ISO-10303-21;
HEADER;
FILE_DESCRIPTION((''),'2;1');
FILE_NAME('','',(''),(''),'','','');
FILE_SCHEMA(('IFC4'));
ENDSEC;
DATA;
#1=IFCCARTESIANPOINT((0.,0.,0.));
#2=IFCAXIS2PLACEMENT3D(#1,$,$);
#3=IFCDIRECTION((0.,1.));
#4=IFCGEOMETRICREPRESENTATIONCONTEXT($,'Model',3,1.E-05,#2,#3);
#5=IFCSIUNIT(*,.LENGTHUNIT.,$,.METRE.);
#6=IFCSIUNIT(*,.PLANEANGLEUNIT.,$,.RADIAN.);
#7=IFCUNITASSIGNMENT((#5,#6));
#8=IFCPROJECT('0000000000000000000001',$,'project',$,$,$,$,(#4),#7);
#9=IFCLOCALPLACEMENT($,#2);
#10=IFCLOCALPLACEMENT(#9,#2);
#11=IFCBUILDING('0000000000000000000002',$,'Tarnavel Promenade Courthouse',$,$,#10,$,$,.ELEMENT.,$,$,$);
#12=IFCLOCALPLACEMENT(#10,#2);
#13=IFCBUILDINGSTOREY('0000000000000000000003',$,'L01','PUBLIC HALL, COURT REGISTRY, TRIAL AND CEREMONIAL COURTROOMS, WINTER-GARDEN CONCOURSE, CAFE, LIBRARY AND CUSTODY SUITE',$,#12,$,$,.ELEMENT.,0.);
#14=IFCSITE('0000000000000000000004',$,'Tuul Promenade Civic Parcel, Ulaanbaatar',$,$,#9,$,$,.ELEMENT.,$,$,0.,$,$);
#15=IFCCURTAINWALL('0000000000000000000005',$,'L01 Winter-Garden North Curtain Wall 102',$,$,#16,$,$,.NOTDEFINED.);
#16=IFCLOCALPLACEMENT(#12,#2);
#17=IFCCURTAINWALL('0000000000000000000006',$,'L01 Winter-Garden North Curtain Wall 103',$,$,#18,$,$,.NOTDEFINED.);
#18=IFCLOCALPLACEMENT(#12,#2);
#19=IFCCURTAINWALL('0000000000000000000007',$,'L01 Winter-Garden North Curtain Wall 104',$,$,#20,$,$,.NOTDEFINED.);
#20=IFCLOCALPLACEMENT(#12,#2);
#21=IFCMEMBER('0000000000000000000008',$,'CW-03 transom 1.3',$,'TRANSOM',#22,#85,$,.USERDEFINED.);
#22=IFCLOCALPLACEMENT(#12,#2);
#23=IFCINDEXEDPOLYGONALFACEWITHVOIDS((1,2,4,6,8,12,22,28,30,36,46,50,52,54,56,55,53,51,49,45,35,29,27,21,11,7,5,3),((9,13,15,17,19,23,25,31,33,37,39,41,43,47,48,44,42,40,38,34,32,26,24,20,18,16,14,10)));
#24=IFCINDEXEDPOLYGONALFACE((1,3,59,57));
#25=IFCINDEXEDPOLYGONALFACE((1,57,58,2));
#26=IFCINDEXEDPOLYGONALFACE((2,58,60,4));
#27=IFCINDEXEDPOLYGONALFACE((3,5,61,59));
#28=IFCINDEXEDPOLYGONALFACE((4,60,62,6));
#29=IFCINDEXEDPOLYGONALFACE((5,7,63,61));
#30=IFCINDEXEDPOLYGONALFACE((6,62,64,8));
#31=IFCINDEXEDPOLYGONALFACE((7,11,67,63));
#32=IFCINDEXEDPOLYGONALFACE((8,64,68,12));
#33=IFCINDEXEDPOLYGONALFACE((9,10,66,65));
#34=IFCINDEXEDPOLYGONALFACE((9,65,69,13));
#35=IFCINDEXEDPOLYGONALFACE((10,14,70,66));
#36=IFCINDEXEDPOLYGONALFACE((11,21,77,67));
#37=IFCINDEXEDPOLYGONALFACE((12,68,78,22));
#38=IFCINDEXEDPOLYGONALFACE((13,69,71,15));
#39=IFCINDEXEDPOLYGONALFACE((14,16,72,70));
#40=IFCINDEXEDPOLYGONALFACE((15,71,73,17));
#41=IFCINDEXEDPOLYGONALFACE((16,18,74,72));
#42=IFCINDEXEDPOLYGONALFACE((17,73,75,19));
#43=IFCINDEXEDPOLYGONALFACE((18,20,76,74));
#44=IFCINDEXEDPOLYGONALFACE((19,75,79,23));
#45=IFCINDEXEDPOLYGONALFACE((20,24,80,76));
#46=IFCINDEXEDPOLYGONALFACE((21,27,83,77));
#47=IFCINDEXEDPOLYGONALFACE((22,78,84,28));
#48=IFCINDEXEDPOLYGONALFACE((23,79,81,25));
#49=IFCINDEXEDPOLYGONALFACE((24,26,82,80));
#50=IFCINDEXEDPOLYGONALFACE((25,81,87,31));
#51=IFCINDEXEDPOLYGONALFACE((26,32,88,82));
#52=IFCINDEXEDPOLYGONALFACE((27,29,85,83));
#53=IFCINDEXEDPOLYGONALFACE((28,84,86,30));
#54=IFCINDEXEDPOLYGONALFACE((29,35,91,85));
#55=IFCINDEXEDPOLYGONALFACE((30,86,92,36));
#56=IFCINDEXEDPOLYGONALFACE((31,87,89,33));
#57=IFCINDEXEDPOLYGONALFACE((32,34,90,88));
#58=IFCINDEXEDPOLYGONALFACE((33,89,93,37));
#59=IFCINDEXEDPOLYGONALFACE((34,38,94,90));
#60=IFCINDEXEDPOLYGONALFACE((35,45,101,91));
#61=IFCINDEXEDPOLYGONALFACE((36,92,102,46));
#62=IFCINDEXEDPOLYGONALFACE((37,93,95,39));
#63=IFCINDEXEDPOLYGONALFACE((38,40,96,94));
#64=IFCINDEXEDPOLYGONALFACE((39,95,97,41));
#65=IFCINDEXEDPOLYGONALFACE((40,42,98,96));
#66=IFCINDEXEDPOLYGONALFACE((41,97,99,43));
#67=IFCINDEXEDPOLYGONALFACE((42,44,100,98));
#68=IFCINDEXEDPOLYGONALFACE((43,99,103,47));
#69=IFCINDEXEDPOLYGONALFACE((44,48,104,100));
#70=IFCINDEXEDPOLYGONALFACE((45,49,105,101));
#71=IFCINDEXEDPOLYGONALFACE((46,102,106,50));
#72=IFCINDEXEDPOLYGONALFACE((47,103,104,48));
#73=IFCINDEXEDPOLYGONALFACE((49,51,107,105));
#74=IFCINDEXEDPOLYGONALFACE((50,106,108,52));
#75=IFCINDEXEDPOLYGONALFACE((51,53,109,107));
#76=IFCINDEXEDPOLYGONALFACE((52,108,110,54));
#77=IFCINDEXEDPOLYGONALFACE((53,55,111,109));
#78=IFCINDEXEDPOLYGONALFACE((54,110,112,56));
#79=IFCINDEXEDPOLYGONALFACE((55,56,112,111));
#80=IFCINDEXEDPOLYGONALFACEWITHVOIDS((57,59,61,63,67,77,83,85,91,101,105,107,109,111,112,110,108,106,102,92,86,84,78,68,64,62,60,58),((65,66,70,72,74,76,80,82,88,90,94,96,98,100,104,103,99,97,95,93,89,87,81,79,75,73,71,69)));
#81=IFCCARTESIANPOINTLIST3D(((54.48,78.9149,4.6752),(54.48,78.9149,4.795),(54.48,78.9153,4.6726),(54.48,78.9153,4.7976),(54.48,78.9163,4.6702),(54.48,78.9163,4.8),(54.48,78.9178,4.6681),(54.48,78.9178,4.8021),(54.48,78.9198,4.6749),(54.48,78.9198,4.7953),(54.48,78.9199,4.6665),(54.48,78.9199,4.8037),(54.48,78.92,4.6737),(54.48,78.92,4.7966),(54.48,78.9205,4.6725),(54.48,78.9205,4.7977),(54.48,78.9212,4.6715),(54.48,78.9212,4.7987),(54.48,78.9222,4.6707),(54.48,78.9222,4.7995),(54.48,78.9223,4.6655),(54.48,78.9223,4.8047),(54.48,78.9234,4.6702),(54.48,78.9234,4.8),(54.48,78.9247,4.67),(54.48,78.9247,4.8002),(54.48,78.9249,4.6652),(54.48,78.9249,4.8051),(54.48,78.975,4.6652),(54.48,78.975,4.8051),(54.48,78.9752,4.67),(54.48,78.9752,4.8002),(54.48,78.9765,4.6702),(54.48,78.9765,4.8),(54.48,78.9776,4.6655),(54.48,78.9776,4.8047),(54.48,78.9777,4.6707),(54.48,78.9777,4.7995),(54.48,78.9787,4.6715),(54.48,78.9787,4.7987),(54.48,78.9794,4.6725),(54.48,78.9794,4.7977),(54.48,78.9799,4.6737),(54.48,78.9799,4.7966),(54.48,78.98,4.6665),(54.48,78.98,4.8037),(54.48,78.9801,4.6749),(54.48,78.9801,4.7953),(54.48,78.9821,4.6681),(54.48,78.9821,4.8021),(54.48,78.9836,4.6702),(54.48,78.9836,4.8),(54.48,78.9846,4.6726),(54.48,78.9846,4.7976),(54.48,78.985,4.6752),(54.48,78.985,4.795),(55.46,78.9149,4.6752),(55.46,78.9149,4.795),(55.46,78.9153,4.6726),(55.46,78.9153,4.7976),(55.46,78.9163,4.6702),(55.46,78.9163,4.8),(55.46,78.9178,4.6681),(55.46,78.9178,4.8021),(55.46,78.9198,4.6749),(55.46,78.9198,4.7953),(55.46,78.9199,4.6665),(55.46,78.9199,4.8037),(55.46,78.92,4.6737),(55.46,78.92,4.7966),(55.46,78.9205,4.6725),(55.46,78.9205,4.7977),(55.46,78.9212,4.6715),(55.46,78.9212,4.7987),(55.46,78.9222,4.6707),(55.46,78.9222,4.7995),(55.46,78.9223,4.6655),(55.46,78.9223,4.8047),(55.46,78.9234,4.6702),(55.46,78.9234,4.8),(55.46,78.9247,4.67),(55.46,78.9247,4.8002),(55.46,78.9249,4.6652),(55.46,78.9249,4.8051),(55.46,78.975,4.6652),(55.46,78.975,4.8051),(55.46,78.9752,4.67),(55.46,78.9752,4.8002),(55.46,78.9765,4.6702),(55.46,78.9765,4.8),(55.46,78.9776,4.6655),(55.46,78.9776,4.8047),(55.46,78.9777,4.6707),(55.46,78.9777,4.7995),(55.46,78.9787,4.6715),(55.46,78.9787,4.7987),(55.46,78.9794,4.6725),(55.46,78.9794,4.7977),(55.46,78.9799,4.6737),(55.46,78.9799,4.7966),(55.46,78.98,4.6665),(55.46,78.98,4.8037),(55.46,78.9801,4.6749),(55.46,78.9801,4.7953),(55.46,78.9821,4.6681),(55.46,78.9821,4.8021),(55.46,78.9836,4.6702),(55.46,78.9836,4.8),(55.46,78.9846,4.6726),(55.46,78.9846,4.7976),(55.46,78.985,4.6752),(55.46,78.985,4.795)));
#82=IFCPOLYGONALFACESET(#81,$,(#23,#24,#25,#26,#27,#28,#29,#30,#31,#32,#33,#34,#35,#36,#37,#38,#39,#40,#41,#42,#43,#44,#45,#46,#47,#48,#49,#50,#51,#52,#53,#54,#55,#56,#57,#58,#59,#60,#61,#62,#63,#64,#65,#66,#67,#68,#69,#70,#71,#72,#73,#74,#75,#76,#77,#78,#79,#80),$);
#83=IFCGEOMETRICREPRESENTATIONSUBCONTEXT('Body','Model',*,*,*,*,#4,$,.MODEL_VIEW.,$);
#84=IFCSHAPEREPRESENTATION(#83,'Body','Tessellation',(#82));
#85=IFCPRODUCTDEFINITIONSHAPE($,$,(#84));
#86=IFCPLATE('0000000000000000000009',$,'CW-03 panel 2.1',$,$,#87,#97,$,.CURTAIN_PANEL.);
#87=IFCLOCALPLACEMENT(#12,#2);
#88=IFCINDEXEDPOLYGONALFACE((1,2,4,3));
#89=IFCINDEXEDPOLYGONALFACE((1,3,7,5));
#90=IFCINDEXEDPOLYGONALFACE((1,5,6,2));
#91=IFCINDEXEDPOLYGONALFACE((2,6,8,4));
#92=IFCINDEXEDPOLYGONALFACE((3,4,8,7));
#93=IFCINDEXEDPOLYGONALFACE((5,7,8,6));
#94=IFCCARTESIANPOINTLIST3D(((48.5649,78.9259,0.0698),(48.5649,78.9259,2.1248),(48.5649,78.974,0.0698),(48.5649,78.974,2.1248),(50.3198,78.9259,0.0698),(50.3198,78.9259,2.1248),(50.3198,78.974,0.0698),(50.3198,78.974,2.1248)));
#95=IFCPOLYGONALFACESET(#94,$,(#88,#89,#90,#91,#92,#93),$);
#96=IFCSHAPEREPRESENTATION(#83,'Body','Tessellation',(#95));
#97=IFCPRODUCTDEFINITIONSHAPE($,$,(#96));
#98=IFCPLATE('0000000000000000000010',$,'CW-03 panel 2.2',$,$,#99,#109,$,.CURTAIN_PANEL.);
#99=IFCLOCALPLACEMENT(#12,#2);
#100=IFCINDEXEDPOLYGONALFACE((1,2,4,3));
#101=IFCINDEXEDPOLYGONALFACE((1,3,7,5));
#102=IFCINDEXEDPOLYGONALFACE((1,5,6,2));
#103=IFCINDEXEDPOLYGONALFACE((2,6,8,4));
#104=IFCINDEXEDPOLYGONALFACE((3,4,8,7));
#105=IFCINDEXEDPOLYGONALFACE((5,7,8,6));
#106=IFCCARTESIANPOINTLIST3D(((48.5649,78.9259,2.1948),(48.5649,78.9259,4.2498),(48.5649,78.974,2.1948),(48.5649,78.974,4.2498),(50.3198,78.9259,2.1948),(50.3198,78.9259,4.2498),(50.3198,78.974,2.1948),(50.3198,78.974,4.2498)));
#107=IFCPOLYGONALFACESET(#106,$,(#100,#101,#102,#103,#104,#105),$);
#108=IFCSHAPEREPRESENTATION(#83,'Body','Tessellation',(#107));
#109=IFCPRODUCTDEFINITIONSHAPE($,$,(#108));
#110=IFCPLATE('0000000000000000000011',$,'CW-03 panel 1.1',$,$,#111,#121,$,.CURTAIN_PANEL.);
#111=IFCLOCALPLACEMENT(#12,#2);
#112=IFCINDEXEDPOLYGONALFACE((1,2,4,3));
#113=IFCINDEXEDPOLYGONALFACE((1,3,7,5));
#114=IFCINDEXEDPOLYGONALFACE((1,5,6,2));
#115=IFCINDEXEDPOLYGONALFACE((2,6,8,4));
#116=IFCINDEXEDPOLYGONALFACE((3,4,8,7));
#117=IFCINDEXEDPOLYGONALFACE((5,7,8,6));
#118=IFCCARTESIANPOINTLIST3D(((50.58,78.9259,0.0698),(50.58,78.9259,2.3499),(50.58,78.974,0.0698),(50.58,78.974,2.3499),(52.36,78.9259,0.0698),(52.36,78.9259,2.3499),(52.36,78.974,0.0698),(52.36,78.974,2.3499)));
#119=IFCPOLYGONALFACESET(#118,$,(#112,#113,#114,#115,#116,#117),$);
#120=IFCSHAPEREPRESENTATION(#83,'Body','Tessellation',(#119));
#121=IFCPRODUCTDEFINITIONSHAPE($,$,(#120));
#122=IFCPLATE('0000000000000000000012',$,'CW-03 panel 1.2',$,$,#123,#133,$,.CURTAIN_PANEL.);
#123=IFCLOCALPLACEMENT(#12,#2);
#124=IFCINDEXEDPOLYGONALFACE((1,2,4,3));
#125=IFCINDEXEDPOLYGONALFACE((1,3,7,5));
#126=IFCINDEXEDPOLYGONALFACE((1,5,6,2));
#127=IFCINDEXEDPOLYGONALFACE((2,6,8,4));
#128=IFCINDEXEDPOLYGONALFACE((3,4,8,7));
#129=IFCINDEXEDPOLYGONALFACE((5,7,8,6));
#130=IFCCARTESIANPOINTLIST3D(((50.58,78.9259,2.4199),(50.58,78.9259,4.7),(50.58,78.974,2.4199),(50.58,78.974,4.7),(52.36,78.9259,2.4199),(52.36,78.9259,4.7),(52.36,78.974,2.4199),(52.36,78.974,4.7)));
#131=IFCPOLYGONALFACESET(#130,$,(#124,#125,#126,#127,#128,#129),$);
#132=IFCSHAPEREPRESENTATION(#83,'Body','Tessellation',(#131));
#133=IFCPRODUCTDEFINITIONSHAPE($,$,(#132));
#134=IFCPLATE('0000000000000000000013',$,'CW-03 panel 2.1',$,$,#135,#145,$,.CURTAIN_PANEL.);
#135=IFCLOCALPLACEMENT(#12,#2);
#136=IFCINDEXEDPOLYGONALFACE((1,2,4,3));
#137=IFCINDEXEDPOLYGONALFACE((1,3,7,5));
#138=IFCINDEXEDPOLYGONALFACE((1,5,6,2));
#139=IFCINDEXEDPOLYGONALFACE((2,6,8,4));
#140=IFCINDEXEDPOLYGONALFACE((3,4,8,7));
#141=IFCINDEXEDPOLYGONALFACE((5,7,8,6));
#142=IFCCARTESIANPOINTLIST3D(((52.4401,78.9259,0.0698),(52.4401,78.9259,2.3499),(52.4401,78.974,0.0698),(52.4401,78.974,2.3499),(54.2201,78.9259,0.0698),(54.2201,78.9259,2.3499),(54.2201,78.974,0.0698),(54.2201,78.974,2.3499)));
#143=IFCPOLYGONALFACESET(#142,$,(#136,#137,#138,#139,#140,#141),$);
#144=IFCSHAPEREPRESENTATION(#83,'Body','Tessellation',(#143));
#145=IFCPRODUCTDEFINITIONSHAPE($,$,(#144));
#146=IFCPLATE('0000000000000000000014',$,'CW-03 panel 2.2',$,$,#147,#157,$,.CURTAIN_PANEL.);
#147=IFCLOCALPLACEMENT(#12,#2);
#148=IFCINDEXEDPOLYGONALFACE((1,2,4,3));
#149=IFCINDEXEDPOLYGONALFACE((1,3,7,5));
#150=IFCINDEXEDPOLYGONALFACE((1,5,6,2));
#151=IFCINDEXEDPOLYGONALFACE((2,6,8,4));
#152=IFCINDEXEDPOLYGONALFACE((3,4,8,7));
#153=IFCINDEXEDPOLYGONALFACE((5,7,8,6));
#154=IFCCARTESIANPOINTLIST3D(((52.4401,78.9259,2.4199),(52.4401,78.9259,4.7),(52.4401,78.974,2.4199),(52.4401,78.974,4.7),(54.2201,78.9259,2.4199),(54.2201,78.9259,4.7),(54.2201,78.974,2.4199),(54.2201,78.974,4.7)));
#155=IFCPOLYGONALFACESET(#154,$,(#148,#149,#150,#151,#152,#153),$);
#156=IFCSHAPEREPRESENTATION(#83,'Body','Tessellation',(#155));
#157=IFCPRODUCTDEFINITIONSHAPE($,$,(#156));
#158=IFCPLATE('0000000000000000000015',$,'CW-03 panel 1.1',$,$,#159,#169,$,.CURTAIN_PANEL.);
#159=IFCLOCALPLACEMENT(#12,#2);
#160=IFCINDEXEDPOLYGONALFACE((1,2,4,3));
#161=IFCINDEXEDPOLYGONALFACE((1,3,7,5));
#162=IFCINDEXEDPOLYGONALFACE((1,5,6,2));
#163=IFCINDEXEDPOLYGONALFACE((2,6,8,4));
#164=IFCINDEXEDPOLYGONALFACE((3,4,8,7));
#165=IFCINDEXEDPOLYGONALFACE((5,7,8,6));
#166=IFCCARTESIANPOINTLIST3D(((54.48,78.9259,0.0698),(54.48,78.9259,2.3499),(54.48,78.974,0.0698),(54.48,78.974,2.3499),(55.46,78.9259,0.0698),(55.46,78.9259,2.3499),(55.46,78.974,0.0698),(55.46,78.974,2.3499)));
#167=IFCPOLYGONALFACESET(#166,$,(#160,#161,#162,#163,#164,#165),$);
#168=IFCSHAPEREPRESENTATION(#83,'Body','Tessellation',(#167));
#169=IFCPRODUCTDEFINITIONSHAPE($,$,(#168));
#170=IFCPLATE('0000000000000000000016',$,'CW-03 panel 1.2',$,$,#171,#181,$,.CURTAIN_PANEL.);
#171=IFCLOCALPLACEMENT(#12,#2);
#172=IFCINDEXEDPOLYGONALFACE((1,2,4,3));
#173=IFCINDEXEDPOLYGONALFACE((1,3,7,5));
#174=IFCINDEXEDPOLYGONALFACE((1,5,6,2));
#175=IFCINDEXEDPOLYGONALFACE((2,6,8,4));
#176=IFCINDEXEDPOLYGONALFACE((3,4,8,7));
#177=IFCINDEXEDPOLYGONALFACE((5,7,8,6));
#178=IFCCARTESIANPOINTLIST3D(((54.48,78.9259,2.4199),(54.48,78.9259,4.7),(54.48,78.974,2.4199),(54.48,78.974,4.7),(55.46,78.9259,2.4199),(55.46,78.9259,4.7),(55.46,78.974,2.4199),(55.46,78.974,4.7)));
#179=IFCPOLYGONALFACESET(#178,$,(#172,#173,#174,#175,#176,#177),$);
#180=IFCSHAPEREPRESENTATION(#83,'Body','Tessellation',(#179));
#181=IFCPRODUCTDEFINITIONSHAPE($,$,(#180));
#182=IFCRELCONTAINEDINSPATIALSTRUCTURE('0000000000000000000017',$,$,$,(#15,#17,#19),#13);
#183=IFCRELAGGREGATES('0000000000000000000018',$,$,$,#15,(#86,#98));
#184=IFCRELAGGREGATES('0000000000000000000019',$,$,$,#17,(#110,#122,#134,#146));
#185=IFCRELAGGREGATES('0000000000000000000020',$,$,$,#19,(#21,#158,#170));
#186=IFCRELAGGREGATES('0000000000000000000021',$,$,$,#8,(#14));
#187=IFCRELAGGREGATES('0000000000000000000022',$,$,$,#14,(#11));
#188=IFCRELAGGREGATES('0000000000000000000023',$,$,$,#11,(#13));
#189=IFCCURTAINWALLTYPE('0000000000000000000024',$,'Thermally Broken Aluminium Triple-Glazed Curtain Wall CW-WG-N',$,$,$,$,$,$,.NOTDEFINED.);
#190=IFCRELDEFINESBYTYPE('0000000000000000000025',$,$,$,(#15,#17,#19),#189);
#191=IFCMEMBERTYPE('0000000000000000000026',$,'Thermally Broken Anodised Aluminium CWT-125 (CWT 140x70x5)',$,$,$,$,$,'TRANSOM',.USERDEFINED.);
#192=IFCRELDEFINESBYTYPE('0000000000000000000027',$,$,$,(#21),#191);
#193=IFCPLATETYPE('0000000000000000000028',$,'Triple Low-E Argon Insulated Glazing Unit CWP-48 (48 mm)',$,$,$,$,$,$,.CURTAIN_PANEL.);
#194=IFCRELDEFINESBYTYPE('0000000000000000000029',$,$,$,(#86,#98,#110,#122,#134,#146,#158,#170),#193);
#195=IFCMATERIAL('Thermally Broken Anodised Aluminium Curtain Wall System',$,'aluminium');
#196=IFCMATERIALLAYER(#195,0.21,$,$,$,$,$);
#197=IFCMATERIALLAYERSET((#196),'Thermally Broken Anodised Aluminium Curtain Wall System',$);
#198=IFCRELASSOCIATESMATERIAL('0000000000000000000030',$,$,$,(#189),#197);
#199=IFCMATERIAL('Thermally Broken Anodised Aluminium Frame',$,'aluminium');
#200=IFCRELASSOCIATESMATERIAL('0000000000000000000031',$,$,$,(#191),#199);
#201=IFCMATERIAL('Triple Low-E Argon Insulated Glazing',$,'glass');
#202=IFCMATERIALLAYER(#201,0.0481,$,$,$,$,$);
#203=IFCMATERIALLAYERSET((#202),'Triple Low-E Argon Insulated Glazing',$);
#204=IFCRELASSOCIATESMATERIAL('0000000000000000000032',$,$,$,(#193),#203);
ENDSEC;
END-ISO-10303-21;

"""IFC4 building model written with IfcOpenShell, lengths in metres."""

from ifc_helpers import new_model, si_unit, direction, frame, origin, origin_2d, place, context, subcontext, project, spatial, rectangle, hollow_rectangle, extrude, material, layer, layer_set, material_profile, profile_set, type_object, element, aggregate, save


model = new_model("IFC4")

# Units and contexts
model_context = context("Model", 3, precision=1e-05, world=origin(), true_north=direction((0.0, 1.0)))
body_context = subcontext(model_context, "Body", "Model", "MODEL_VIEW")
ifc_project = project(units=[si_unit("LENGTHUNIT", "METRE"), si_unit("PLANEANGLEUNIT", "RADIAN")], contexts=[model_context])

# Site, building, storey
site_placement = place(None, origin())
site = spatial("IfcSite", under=ifc_project, at=site_placement, Name="Tuul Promenade Civic Parcel, Ulaanbaatar", CompositionType="ELEMENT", RefElevation=0.0)
building_placement = place(site_placement, origin())
building = spatial("IfcBuilding", under=site, at=building_placement, Name="Tarnavel Promenade Courthouse", CompositionType="ELEMENT")
storey_placement = place(building_placement, origin())
storey = spatial("IfcBuildingStorey", under=building, at=storey_placement, Name="L01", Description="PUBLIC HALL, COURT REGISTRY, TRIAL AND CEREMONIAL COURTROOMS, WINTER-GARDEN CONCOURSE, CAFE, LIBRARY AND CUSTODY SUITE", CompositionType="ELEMENT", Elevation=0.0)

# Curtain wall
ifc_material_1 = material(Name="Thermally Broken Anodised Aluminium Curtain Wall System", Category="aluminium")
ifc_layer_1 = layer(ifc_material_1, 0.21)
ifc_layer_set_1 = layer_set([ifc_layer_1], Name="Thermally Broken Anodised Aluminium Curtain Wall System")
curtain_wall_type = type_object("IfcCurtainWallType", Name="Thermally Broken Aluminium Triple-Glazed Curtain Wall CW-WG-N", PredefinedType="NOTDEFINED", material=ifc_layer_set_1)
curtain_wall_1_placement = place(storey_placement, origin())
curtain_wall_1 = element("IfcCurtainWall", 1, at=curtain_wall_1_placement, inside=storey, type_object=curtain_wall_type, Name="L01 Winter-Garden North Curtain Wall 102", PredefinedType="NOTDEFINED")
ifc_material_2 = material(Name="Thermally Broken Anodised Aluminium Frame", Category="aluminium")

# Curtain walls
curtain_wall_2_placement = place(storey_placement, origin())
curtain_wall_2 = element("IfcCurtainWall", 2, at=curtain_wall_2_placement, inside=storey, type_object=curtain_wall_type, Name="L01 Winter-Garden North Curtain Wall 103", PredefinedType="NOTDEFINED")
curtain_wall_3_placement = place(storey_placement, origin())
curtain_wall_3 = element("IfcCurtainWall", 3, at=curtain_wall_3_placement, inside=storey, type_object=curtain_wall_type, Name="L01 Winter-Garden North Curtain Wall 104", PredefinedType="NOTDEFINED")

# Member
ifc_material_profile_1 = material_profile(ifc_material_2, hollow_rectangle(XDim=0.0701, YDim=0.1399, WallThickness=0.0049, InnerFilletRadius=0.0049, OuterFilletRadius=0.01, at=origin_2d()), Name="CWT 140x70x5")
ifc_profile_set_1 = profile_set([ifc_material_profile_1], Name="Thermally Broken Anodised Aluminium Frame")
member_type_1 = type_object("IfcMemberType", Name="Thermally Broken Anodised Aluminium CWT-125 (CWT 140x70x5)", ElementType="TRANSOM", PredefinedType="USERDEFINED", material=ifc_profile_set_1)
member_1_placement = place(storey_placement, frame((54.48, 78.95, 4.7351), z_axis=(1.0, 0.0, 0.0), x_axis=(0.0, 1.0, 0.0)))
member_1 = element("IfcMember", 4, at=member_1_placement, type_object=member_type_1, Name="CW-03 transom 1.3", ObjectType="TRANSOM", PredefinedType="USERDEFINED", context=body_context, shape_type="SweptSolid", body=[
    extrude(hollow_rectangle(XDim=0.0701, YDim=0.1399, WallThickness=0.0049, InnerFilletRadius=0.0049, OuterFilletRadius=0.01, at=origin_2d()), origin(), (0.0, 0.0, 1.0), 0.98),
])

# Plates
ifc_material_3 = material(Name="Triple Low-E Argon Insulated Glazing", Category="glass")
ifc_layer_2 = layer(ifc_material_3, 0.0481)
ifc_layer_set_2 = layer_set([ifc_layer_2], Name="Triple Low-E Argon Insulated Glazing")
plate_type = type_object("IfcPlateType", Name="Triple Low-E Argon Insulated Glazing Unit CWP-48 (48 mm)", PredefinedType="CURTAIN_PANEL", material=ifc_layer_set_2)
plate_1_placement = place(storey_placement, frame((49.4424, 78.95, 0.0698), z_axis=(0.0, 0.0, 1.0), x_axis=(1.0, 0.0, 0.0)))
plate_1 = element("IfcPlate", 5, at=plate_1_placement, type_object=plate_type, Name="CW-03 panel 2.1", PredefinedType="CURTAIN_PANEL", context=body_context, shape_type="SweptSolid", body=[
    extrude(rectangle(XDim=1.7549, YDim=0.0481, at=origin_2d()), origin(), (0.0, 0.0, 1.0), 2.0549),
])
plate_2_placement = place(storey_placement, frame((49.4424, 78.95, 2.1948), z_axis=(0.0, 0.0, 1.0), x_axis=(1.0, 0.0, 0.0)))
plate_2 = element("IfcPlate", 6, at=plate_2_placement, type_object=plate_type, Name="CW-03 panel 2.2", PredefinedType="CURTAIN_PANEL", context=body_context, shape_type="SweptSolid", body=[
    extrude(rectangle(XDim=1.7549, YDim=0.0481, at=origin_2d()), origin(), (0.0, 0.0, 1.0), 2.0549),
])
aggregate(curtain_wall_1, [plate_1, plate_2])
plate_3_placement = place(storey_placement, frame((51.47, 78.95, 0.0698), z_axis=(0.0, 0.0, 1.0), x_axis=(1.0, 0.0, 0.0)))
plate_3 = element("IfcPlate", 7, at=plate_3_placement, type_object=plate_type, Name="CW-03 panel 1.1", PredefinedType="CURTAIN_PANEL", context=body_context, shape_type="SweptSolid", body=[
    extrude(rectangle(XDim=1.78, YDim=0.0481, at=origin_2d()), origin(), (0.0, 0.0, 1.0), 2.28),
])
plate_4_placement = place(storey_placement, frame((51.47, 78.95, 2.4199), z_axis=(0.0, 0.0, 1.0), x_axis=(1.0, 0.0, 0.0)))
plate_4 = element("IfcPlate", 8, at=plate_4_placement, type_object=plate_type, Name="CW-03 panel 1.2", PredefinedType="CURTAIN_PANEL", context=body_context, shape_type="SweptSolid", body=[
    extrude(rectangle(XDim=1.78, YDim=0.0481, at=origin_2d()), origin(), (0.0, 0.0, 1.0), 2.28),
])
plate_5_placement = place(storey_placement, frame((53.3301, 78.95, 0.0698), z_axis=(0.0, 0.0, 1.0), x_axis=(1.0, 0.0, 0.0)))
plate_5 = element("IfcPlate", 9, at=plate_5_placement, type_object=plate_type, Name="CW-03 panel 2.1", PredefinedType="CURTAIN_PANEL", context=body_context, shape_type="SweptSolid", body=[
    extrude(rectangle(XDim=1.78, YDim=0.0481, at=origin_2d()), origin(), (0.0, 0.0, 1.0), 2.28),
])
plate_6_placement = place(storey_placement, frame((53.3301, 78.95, 2.4199), z_axis=(0.0, 0.0, 1.0), x_axis=(1.0, 0.0, 0.0)))
plate_6 = element("IfcPlate", 10, at=plate_6_placement, type_object=plate_type, Name="CW-03 panel 2.2", PredefinedType="CURTAIN_PANEL", context=body_context, shape_type="SweptSolid", body=[
    extrude(rectangle(XDim=1.78, YDim=0.0481, at=origin_2d()), origin(), (0.0, 0.0, 1.0), 2.28),
])
aggregate(curtain_wall_2, [plate_3, plate_4, plate_5, plate_6])
plate_7_placement = place(storey_placement, frame((54.97, 78.95, 0.0698), z_axis=(0.0, 0.0, 1.0), x_axis=(1.0, 0.0, 0.0)))
plate_7 = element("IfcPlate", 11, at=plate_7_placement, type_object=plate_type, Name="CW-03 panel 1.1", PredefinedType="CURTAIN_PANEL", context=body_context, shape_type="SweptSolid", body=[
    extrude(rectangle(XDim=0.98, YDim=0.0481, at=origin_2d()), origin(), (0.0, 0.0, 1.0), 2.28),
])
plate_8_placement = place(storey_placement, frame((54.97, 78.95, 2.4199), z_axis=(0.0, 0.0, 1.0), x_axis=(1.0, 0.0, 0.0)))
plate_8 = element("IfcPlate", 12, at=plate_8_placement, type_object=plate_type, Name="CW-03 panel 1.2", PredefinedType="CURTAIN_PANEL", context=body_context, shape_type="SweptSolid", body=[
    extrude(rectangle(XDim=0.98, YDim=0.0481, at=origin_2d()), origin(), (0.0, 0.0, 1.0), 2.28),
])
aggregate(curtain_wall_3, [member_1, plate_7, plate_8])

save(model, "model.ifc")
